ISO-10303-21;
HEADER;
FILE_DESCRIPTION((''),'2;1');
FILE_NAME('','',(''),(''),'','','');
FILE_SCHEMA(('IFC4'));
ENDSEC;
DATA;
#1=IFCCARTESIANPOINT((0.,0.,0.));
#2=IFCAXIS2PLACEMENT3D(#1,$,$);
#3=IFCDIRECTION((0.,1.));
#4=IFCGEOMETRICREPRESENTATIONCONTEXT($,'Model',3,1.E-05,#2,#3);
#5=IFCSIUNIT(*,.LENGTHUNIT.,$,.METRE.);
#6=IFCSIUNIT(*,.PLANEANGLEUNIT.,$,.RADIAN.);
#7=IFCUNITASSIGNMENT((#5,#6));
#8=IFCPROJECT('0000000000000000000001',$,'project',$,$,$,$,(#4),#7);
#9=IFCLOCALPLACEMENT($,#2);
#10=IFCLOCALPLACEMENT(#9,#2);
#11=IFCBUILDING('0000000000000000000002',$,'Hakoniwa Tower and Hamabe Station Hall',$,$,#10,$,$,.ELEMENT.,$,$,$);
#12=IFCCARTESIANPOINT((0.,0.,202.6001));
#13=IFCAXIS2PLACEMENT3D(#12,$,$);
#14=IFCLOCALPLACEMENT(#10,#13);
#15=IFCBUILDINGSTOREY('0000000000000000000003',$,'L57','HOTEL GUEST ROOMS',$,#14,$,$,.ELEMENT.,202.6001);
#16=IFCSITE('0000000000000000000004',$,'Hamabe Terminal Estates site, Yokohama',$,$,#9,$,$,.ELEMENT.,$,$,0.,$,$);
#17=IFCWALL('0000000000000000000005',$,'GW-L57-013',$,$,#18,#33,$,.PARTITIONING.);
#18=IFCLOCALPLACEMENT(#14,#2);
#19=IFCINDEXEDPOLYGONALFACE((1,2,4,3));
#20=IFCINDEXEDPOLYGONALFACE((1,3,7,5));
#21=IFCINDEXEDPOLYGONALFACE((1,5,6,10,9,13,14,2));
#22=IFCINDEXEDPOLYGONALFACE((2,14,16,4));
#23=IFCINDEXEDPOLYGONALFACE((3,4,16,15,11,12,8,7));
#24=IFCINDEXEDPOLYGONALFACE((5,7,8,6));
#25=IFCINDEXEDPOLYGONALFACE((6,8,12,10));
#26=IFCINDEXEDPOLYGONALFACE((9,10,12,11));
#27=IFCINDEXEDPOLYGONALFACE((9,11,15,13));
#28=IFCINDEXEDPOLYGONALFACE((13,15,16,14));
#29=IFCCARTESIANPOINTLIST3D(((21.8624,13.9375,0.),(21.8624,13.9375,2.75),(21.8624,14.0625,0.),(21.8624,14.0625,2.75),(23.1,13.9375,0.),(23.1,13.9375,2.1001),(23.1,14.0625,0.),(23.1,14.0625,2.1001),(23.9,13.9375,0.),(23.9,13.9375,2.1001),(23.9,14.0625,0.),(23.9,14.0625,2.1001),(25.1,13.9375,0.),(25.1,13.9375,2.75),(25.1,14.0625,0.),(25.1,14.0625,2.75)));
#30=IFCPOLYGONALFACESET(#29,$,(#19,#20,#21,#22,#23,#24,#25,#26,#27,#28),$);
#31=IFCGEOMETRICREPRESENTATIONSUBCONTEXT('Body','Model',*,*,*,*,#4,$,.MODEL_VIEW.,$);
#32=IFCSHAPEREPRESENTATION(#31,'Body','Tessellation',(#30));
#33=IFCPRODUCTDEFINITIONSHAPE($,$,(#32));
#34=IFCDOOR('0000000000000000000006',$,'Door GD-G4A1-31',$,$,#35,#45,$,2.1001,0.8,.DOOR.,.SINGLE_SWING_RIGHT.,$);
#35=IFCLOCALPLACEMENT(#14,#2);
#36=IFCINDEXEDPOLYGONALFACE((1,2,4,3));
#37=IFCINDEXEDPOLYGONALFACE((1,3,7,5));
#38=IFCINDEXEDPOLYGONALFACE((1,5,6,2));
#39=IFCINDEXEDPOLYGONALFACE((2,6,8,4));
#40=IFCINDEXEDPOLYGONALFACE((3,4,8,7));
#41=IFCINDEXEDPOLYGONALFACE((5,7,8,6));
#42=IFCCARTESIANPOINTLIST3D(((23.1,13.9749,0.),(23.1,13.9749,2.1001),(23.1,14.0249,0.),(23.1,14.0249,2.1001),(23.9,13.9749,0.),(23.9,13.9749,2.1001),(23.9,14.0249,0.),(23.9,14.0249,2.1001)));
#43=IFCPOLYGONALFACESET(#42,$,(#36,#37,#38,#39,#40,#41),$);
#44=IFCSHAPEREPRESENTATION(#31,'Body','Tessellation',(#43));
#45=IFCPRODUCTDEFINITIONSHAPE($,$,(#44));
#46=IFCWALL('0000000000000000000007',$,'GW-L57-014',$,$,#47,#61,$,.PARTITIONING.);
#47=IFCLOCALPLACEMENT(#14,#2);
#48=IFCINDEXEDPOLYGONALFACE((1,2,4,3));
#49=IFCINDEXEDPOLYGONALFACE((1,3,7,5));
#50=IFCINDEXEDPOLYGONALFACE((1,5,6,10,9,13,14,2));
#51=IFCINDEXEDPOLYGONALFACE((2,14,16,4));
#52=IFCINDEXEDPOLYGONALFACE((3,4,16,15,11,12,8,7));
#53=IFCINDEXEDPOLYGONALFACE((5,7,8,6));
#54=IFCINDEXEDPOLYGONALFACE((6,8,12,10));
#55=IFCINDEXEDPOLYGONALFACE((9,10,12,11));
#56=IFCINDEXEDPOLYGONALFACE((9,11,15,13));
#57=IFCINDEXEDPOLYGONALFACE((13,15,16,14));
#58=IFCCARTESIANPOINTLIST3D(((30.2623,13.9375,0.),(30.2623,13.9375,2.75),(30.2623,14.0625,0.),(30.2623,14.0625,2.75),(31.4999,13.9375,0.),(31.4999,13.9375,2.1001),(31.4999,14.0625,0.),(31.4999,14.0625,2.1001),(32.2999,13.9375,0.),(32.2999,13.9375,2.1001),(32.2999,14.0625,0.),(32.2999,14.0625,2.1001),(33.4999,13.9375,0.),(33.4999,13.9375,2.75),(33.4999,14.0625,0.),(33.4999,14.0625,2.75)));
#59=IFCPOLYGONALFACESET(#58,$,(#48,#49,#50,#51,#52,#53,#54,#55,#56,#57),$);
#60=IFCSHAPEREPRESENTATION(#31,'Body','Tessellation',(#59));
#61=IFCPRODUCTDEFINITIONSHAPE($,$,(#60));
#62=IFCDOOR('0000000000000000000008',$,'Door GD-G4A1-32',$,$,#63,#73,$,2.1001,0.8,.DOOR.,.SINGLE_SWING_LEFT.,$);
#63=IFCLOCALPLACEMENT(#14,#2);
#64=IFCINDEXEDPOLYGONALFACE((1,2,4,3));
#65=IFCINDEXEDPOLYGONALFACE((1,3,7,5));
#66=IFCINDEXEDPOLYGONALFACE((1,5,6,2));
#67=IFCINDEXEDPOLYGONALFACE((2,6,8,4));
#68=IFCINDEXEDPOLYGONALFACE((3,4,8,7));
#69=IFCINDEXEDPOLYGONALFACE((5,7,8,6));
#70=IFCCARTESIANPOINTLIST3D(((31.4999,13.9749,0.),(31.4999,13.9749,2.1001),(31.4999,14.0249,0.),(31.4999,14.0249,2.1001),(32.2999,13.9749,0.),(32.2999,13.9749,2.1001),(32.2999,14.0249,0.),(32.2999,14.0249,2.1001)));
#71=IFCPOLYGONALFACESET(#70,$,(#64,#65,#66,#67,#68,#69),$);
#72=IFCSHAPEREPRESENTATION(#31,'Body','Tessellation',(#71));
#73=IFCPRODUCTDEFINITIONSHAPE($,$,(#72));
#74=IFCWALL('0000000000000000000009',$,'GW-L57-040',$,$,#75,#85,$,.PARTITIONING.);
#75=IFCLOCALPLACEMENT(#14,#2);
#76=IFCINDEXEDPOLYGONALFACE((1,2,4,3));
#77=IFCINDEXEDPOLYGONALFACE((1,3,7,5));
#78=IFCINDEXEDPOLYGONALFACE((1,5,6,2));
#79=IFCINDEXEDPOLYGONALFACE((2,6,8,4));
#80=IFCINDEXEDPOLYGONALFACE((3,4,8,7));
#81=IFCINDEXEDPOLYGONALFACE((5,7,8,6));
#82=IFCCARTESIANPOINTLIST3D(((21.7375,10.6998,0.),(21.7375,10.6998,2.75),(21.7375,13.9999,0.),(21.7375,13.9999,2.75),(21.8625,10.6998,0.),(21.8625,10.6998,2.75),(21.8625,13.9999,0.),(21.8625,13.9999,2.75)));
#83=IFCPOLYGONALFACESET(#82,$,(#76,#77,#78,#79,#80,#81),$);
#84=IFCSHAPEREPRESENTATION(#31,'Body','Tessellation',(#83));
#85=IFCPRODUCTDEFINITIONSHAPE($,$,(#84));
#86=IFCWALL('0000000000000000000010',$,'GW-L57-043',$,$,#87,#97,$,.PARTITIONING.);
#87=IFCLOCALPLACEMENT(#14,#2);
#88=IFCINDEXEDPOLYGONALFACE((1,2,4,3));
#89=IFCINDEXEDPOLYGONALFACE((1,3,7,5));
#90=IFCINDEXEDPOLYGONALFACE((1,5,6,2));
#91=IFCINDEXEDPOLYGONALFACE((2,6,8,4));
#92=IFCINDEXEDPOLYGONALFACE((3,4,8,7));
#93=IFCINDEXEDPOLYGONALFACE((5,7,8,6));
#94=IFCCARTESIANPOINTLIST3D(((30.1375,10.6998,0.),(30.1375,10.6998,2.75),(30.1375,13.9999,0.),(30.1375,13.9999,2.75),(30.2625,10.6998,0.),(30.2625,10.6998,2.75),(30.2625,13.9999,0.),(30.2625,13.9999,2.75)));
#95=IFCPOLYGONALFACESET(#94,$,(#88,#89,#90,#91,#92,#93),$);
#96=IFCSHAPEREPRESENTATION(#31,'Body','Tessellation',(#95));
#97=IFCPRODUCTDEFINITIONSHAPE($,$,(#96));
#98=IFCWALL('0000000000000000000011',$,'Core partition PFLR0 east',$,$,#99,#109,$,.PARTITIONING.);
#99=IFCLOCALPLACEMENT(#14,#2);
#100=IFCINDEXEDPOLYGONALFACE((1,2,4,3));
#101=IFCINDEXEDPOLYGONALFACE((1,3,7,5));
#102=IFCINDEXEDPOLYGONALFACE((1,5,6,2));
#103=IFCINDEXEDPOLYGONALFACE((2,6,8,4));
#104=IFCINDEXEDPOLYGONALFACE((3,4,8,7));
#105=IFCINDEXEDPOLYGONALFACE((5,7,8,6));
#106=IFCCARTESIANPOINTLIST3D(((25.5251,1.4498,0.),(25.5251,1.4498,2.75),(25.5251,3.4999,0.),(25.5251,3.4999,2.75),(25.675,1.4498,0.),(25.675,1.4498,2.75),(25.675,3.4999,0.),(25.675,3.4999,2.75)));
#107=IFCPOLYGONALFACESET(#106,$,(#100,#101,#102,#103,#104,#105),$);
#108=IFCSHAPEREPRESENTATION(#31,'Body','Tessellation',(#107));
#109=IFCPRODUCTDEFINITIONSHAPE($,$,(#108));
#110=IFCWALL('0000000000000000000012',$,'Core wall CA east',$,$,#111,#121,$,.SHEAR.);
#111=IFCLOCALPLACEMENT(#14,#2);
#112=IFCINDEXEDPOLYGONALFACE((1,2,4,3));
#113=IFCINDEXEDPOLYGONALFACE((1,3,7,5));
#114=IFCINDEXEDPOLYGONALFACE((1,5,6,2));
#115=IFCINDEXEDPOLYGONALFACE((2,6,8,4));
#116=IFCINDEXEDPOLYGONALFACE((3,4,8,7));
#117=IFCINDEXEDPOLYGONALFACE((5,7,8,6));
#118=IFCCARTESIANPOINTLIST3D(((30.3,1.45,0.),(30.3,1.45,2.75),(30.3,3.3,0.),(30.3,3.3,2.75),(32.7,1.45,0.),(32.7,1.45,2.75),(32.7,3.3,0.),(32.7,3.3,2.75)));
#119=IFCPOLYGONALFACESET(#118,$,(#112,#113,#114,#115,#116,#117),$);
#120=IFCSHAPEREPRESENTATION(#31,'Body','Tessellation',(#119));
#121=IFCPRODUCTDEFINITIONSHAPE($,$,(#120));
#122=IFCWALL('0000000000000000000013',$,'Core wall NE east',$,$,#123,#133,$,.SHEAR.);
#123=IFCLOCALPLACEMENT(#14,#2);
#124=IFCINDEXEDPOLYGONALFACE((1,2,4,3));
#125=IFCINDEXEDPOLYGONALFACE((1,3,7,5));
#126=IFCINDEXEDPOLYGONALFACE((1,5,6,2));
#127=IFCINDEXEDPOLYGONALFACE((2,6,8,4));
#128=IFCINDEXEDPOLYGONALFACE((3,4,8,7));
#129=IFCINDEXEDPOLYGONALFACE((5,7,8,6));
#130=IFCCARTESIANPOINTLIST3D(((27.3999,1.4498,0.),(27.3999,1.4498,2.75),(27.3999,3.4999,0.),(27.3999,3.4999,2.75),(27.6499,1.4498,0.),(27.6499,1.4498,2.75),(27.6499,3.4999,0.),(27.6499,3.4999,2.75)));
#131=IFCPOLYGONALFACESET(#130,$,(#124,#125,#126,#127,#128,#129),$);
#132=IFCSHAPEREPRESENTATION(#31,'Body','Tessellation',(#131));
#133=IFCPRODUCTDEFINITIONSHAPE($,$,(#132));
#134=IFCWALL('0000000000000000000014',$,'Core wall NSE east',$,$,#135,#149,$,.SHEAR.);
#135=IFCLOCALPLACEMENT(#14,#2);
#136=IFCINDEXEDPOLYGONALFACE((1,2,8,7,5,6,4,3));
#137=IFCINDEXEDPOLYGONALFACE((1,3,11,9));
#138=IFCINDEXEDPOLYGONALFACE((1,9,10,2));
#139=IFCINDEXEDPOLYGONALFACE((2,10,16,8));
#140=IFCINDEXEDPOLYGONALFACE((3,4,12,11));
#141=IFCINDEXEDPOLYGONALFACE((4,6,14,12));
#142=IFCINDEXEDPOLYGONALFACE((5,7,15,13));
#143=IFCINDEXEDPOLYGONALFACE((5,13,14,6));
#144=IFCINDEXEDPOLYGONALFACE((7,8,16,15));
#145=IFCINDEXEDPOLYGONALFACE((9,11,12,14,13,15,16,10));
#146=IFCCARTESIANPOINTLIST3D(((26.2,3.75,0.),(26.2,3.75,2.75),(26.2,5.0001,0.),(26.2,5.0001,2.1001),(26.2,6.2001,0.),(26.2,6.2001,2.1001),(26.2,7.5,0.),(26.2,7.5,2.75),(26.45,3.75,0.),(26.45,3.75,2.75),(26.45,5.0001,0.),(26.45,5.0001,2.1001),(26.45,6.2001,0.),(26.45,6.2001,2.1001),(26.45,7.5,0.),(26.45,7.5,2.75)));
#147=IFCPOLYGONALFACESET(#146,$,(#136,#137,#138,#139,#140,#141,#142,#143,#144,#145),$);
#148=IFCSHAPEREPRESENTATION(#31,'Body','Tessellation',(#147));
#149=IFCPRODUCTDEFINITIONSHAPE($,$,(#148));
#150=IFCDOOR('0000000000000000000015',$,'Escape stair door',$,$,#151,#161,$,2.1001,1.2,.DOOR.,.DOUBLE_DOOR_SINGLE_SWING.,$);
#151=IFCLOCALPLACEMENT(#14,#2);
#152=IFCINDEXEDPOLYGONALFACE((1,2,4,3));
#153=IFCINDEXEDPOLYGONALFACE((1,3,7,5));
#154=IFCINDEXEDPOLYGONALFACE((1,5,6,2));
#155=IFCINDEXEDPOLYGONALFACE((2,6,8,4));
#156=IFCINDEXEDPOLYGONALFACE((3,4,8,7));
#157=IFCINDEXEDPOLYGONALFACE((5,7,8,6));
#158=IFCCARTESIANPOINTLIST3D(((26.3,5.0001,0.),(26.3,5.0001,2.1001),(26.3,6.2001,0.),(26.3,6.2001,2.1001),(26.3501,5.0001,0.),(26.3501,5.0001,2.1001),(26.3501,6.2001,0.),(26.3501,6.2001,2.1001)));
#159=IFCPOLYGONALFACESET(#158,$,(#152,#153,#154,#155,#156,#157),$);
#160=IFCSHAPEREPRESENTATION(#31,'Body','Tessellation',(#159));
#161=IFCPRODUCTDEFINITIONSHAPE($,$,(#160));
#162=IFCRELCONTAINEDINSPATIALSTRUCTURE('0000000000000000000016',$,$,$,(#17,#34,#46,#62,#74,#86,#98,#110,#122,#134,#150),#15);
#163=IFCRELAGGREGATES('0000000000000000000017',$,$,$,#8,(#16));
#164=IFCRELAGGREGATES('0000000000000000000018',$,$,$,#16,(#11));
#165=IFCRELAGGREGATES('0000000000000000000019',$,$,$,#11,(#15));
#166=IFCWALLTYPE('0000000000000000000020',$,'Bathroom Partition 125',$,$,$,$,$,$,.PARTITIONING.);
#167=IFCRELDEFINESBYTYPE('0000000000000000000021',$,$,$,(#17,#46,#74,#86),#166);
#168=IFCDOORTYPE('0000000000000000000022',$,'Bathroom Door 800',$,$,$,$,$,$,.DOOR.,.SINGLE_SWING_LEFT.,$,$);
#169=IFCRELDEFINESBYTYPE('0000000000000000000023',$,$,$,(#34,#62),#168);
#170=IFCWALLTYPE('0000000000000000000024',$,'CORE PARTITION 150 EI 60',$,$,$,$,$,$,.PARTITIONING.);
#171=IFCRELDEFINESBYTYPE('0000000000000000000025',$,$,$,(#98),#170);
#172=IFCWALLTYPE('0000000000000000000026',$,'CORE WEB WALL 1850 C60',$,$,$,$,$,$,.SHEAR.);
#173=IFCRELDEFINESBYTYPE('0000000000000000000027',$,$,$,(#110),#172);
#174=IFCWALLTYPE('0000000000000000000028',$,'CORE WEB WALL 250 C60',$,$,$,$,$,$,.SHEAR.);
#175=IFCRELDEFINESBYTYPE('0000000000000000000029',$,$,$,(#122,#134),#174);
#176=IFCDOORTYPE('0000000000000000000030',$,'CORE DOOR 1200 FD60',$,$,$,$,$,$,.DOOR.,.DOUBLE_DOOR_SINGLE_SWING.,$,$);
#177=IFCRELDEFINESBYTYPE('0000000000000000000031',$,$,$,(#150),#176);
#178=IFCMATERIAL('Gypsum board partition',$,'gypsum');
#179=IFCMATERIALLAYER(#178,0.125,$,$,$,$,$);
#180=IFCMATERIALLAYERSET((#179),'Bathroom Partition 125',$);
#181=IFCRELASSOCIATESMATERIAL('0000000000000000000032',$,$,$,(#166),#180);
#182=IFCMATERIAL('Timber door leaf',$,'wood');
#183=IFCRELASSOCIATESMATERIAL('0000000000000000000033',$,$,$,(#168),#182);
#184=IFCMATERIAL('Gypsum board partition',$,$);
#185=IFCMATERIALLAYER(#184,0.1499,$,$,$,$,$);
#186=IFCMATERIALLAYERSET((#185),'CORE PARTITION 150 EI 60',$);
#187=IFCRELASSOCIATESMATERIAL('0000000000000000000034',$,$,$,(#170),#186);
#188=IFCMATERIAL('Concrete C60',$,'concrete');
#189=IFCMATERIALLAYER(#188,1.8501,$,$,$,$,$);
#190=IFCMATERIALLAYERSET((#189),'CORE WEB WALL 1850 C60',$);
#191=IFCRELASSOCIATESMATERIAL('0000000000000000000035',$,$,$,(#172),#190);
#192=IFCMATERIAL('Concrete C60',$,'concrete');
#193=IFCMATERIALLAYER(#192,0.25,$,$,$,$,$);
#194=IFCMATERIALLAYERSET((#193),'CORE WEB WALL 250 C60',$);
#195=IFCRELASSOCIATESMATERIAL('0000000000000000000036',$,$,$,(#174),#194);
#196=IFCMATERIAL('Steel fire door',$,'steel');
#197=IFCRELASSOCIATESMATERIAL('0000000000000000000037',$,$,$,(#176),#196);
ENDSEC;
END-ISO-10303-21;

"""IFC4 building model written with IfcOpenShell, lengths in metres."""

from ifc_helpers import new_model, si_unit, direction, frame, frame_2d, origin, place, context, subcontext, project, spatial, rectangle, extrude, material, layer, layer_set, type_object, element, fill, save


model = new_model("IFC4")

# Units and contexts
model_context = context("Model", 3, precision=1e-05, world=origin(), true_north=direction((0.0, 1.0)))
body_context = subcontext(model_context, "Body", "Model", "MODEL_VIEW")
ifc_project = project(units=[si_unit("LENGTHUNIT", "METRE"), si_unit("PLANEANGLEUNIT", "RADIAN")], contexts=[model_context])

# Site, building, storey
site_placement = place(None, origin())
site = spatial("IfcSite", under=ifc_project, at=site_placement, Name="Hamabe Terminal Estates site, Yokohama", CompositionType="ELEMENT", RefElevation=0.0)
building_placement = place(site_placement, origin())
building = spatial("IfcBuilding", under=site, at=building_placement, Name="Hakoniwa Tower and Hamabe Station Hall", CompositionType="ELEMENT")
storey_placement = place(building_placement, frame((0.0, 0.0, 202.6001)))
storey = spatial("IfcBuildingStorey", under=building, at=storey_placement, Name="L57", Description="HOTEL GUEST ROOMS", CompositionType="ELEMENT", Elevation=202.6001)

# Walls, openings, doors
ifc_material_1 = material(Name="Gypsum board partition", Category="gypsum")
ifc_layer_1 = layer(ifc_material_1, 0.125)
ifc_layer_set_1 = layer_set([ifc_layer_1], Name="Bathroom Partition 125")
wall_type_1 = type_object("IfcWallType", Name="Bathroom Partition 125", PredefinedType="PARTITIONING", material=ifc_layer_set_1)
wall_1_placement = place(storey_placement, frame((21.8625, 14.0, 0.0), z_axis=(0.0, 0.0, 1.0), x_axis=(1.0, 0.0, 0.0)))
wall_1 = element("IfcWall", 1, at=wall_1_placement, inside=storey, type_object=wall_type_1, Name="GW-L57-013", PredefinedType="PARTITIONING", context=body_context, shape_type="SweptSolid", body=[
    extrude(rectangle(XDim=3.2375, YDim=0.125, at=frame_2d((1.6187, 0.0))), origin(), (0.0, 0.0, 1.0), 2.75),
])
opening_1_placement = place(wall_1_placement, frame((1.2375, 0.0, 0.0)))
opening_1 = element("IfcOpeningElement", 2, at=opening_1_placement, cuts=wall_1, PredefinedType="OPENING", context=body_context, shape_type="SweptSolid", body=[
    extrude(rectangle(XDim=0.8, YDim=2.1001, at=frame_2d((0.3999, 1.05))), frame((0.0, 0.0725, 0.0), z_axis=(0.0, -1.0, 0.0), x_axis=(1.0, 0.0, 0.0)), (0.0, 0.0, 1.0), 0.145),
])
ifc_material_2 = material(Name="Timber door leaf", Category="wood")
door_type_1 = type_object("IfcDoorType", Name="Bathroom Door 800", OperationType="SINGLE_SWING_LEFT", PredefinedType="DOOR", material=ifc_material_2)
door_1_placement = place(opening_1_placement, origin())
door_1 = element("IfcDoor", 3, at=door_1_placement, inside=storey, type_object=door_type_1, Name="Door GD-G4A1-31", OperationType="SINGLE_SWING_RIGHT", OverallHeight=2.1001, OverallWidth=0.8, PredefinedType="DOOR", context=body_context, shape_type="SweptSolid", body=[
    extrude(rectangle(XDim=0.8, YDim=2.1001, at=frame_2d((0.3999, 1.05))), frame((0.0, 0.0249, 0.0), z_axis=(0.0, -1.0, 0.0), x_axis=(1.0, 0.0, 0.0)), (0.0, 0.0, 1.0), 0.05),
])
fill(opening_1, door_1)
wall_2_placement = place(storey_placement, frame((30.2625, 14.0, 0.0), z_axis=(0.0, 0.0, 1.0), x_axis=(1.0, 0.0, 0.0)))
wall_2 = element("IfcWall", 4, at=wall_2_placement, inside=storey, type_object=wall_type_1, Name="GW-L57-014", PredefinedType="PARTITIONING", context=body_context, shape_type="SweptSolid", body=[
    extrude(rectangle(XDim=3.2375, YDim=0.125, at=frame_2d((1.6187, 0.0))), origin(), (0.0, 0.0, 1.0), 2.75),
])
opening_2_placement = place(wall_2_placement, frame((1.2375, 0.0, 0.0)))
opening_2 = element("IfcOpeningElement", 5, at=opening_2_placement, cuts=wall_2, PredefinedType="OPENING", context=body_context, shape_type="SweptSolid", body=[
    extrude(rectangle(XDim=0.8, YDim=2.1001, at=frame_2d((0.3999, 1.05))), frame((0.0, 0.0725, 0.0), z_axis=(0.0, -1.0, 0.0), x_axis=(1.0, 0.0, 0.0)), (0.0, 0.0, 1.0), 0.145),
])
door_2_placement = place(opening_2_placement, origin())
door_2 = element("IfcDoor", 6, at=door_2_placement, inside=storey, type_object=door_type_1, Name="Door GD-G4A1-32", OperationType="SINGLE_SWING_LEFT", OverallHeight=2.1001, OverallWidth=0.8, PredefinedType="DOOR", context=body_context, shape_type="SweptSolid", body=[
    extrude(rectangle(XDim=0.8, YDim=2.1001, at=frame_2d((0.3999, 1.05))), frame((0.0, 0.0249, 0.0), z_axis=(0.0, -1.0, 0.0), x_axis=(1.0, 0.0, 0.0)), (0.0, 0.0, 1.0), 0.05),
])
fill(opening_2, door_2)

# Walls
for number, where, z_axis, x_axis, name in (
    (7, (21.8, 10.7, 0.0), (0.0, 0.0, 1.0), (0.0, 1.0, 0.0), "GW-L57-040"),
    (8, (30.2, 10.7, 0.0), (0.0, 0.0, 1.0), (0.0, 1.0, 0.0), "GW-L57-043"),
):
    element("IfcWall", number, at=place(storey_placement, frame(where, z_axis=z_axis, x_axis=x_axis)), inside=storey, type_object=wall_type_1, Name=name, PredefinedType="PARTITIONING", context=body_context, shape_type="SweptSolid", body=[
        extrude(rectangle(XDim=3.3, YDim=0.125, at=frame_2d((1.6499, 0.0))), origin(), (0.0, 0.0, 1.0), 2.75),
    ])
ifc_material_3 = material(Name="Gypsum board partition")
ifc_layer_2 = layer(ifc_material_3, 0.1499)
ifc_layer_set_2 = layer_set([ifc_layer_2], Name="CORE PARTITION 150 EI 60")
wall_type_2 = type_object("IfcWallType", Name="CORE PARTITION 150 EI 60", PredefinedType="PARTITIONING", material=ifc_layer_set_2)
wall_3_placement = place(storey_placement, frame((25.6001, 1.45, 0.0), z_axis=(0.0, 0.0, 1.0), x_axis=(0.0, 1.0, 0.0)))
element("IfcWall", 9, at=wall_3_placement, inside=storey, type_object=wall_type_2, Name="Core partition PFLR0 east", PredefinedType="PARTITIONING", context=body_context, shape_type="SweptSolid", body=[
    extrude(rectangle(XDim=2.05, YDim=0.1499, at=frame_2d((1.0249, 0.0))), origin(), (0.0, 0.0, 1.0), 2.75),
])
ifc_material_4 = material(Name="Concrete C60", Category="concrete")
ifc_layer_3 = layer(ifc_material_4, 1.8501)
ifc_layer_set_3 = layer_set([ifc_layer_3], Name="CORE WEB WALL 1850 C60")
wall_type_3 = type_object("IfcWallType", Name="CORE WEB WALL 1850 C60", PredefinedType="SHEAR", material=ifc_layer_set_3)
wall_4_placement = place(storey_placement, frame((30.3, 2.375, 0.0), z_axis=(0.0, 0.0, 1.0), x_axis=(1.0, 0.0, 0.0)))
element("IfcWall", 10, at=wall_4_placement, inside=storey, type_object=wall_type_3, Name="Core wall CA east", PredefinedType="SHEAR", context=body_context, shape_type="SweptSolid", body=[
    extrude(rectangle(XDim=2.3999, YDim=1.8501, at=frame_2d((1.2, 0.0))), origin(), (0.0, 0.0, 1.0), 2.75),
])
ifc_material_5 = material(Name="Concrete C60", Category="concrete")
ifc_layer_4 = layer(ifc_material_5, 0.25)
ifc_layer_set_4 = layer_set([ifc_layer_4], Name="CORE WEB WALL 250 C60")
wall_type_4 = type_object("IfcWallType", Name="CORE WEB WALL 250 C60", PredefinedType="SHEAR", material=ifc_layer_set_4)
wall_5_placement = place(storey_placement, frame((27.5249, 1.45, 0.0), z_axis=(0.0, 0.0, 1.0), x_axis=(0.0, 1.0, 0.0)))
element("IfcWall", 11, at=wall_5_placement, inside=storey, type_object=wall_type_4, Name="Core wall NE east", PredefinedType="SHEAR", context=body_context, shape_type="SweptSolid", body=[
    extrude(rectangle(XDim=2.05, YDim=0.25, at=frame_2d((1.0249, 0.0))), origin(), (0.0, 0.0, 1.0), 2.75),
])

# Wall, opening, door
wall_6_placement = place(storey_placement, frame((26.325, 3.75, 0.0), z_axis=(0.0, 0.0, 1.0), x_axis=(0.0, 1.0, 0.0)))
wall_6 = element("IfcWall", 12, at=wall_6_placement, inside=storey, type_object=wall_type_4, Name="Core wall NSE east", PredefinedType="SHEAR", context=body_context, shape_type="SweptSolid", body=[
    extrude(rectangle(XDim=3.75, YDim=0.25, at=frame_2d((1.875, 0.0))), origin(), (0.0, 0.0, 1.0), 2.75),
])
opening_3_placement = place(wall_6_placement, frame((1.25, 0.0, 0.0)))
opening_3 = element("IfcOpeningElement", 13, at=opening_3_placement, cuts=wall_6, PredefinedType="OPENING", context=body_context, shape_type="SweptSolid", body=[
    extrude(rectangle(XDim=1.2, YDim=2.1001, at=frame_2d((0.6001, 1.05))), frame((0.0, 0.135, 0.0), z_axis=(0.0, -1.0, 0.0), x_axis=(1.0, 0.0, 0.0)), (0.0, 0.0, 1.0), 0.27),
])
ifc_material_6 = material(Name="Steel fire door", Category="steel")
door_type_2 = type_object("IfcDoorType", Name="CORE DOOR 1200 FD60", OperationType="DOUBLE_DOOR_SINGLE_SWING", PredefinedType="DOOR", material=ifc_material_6)
door_3_placement = place(opening_3_placement, origin())
door_3 = element("IfcDoor", 14, at=door_3_placement, inside=storey, type_object=door_type_2, Name="Escape stair door", OperationType="DOUBLE_DOOR_SINGLE_SWING", OverallHeight=2.1001, OverallWidth=1.2, PredefinedType="DOOR", context=body_context, shape_type="SweptSolid", body=[
    extrude(rectangle(XDim=1.2, YDim=2.1001, at=frame_2d((0.6001, 1.05))), frame((0.0, 0.0249, 0.0), z_axis=(0.0, -1.0, 0.0), x_axis=(1.0, 0.0, 0.0)), (0.0, 0.0, 1.0), 0.05),
])
fill(opening_3, door_3)

save(model, "model.ifc")
